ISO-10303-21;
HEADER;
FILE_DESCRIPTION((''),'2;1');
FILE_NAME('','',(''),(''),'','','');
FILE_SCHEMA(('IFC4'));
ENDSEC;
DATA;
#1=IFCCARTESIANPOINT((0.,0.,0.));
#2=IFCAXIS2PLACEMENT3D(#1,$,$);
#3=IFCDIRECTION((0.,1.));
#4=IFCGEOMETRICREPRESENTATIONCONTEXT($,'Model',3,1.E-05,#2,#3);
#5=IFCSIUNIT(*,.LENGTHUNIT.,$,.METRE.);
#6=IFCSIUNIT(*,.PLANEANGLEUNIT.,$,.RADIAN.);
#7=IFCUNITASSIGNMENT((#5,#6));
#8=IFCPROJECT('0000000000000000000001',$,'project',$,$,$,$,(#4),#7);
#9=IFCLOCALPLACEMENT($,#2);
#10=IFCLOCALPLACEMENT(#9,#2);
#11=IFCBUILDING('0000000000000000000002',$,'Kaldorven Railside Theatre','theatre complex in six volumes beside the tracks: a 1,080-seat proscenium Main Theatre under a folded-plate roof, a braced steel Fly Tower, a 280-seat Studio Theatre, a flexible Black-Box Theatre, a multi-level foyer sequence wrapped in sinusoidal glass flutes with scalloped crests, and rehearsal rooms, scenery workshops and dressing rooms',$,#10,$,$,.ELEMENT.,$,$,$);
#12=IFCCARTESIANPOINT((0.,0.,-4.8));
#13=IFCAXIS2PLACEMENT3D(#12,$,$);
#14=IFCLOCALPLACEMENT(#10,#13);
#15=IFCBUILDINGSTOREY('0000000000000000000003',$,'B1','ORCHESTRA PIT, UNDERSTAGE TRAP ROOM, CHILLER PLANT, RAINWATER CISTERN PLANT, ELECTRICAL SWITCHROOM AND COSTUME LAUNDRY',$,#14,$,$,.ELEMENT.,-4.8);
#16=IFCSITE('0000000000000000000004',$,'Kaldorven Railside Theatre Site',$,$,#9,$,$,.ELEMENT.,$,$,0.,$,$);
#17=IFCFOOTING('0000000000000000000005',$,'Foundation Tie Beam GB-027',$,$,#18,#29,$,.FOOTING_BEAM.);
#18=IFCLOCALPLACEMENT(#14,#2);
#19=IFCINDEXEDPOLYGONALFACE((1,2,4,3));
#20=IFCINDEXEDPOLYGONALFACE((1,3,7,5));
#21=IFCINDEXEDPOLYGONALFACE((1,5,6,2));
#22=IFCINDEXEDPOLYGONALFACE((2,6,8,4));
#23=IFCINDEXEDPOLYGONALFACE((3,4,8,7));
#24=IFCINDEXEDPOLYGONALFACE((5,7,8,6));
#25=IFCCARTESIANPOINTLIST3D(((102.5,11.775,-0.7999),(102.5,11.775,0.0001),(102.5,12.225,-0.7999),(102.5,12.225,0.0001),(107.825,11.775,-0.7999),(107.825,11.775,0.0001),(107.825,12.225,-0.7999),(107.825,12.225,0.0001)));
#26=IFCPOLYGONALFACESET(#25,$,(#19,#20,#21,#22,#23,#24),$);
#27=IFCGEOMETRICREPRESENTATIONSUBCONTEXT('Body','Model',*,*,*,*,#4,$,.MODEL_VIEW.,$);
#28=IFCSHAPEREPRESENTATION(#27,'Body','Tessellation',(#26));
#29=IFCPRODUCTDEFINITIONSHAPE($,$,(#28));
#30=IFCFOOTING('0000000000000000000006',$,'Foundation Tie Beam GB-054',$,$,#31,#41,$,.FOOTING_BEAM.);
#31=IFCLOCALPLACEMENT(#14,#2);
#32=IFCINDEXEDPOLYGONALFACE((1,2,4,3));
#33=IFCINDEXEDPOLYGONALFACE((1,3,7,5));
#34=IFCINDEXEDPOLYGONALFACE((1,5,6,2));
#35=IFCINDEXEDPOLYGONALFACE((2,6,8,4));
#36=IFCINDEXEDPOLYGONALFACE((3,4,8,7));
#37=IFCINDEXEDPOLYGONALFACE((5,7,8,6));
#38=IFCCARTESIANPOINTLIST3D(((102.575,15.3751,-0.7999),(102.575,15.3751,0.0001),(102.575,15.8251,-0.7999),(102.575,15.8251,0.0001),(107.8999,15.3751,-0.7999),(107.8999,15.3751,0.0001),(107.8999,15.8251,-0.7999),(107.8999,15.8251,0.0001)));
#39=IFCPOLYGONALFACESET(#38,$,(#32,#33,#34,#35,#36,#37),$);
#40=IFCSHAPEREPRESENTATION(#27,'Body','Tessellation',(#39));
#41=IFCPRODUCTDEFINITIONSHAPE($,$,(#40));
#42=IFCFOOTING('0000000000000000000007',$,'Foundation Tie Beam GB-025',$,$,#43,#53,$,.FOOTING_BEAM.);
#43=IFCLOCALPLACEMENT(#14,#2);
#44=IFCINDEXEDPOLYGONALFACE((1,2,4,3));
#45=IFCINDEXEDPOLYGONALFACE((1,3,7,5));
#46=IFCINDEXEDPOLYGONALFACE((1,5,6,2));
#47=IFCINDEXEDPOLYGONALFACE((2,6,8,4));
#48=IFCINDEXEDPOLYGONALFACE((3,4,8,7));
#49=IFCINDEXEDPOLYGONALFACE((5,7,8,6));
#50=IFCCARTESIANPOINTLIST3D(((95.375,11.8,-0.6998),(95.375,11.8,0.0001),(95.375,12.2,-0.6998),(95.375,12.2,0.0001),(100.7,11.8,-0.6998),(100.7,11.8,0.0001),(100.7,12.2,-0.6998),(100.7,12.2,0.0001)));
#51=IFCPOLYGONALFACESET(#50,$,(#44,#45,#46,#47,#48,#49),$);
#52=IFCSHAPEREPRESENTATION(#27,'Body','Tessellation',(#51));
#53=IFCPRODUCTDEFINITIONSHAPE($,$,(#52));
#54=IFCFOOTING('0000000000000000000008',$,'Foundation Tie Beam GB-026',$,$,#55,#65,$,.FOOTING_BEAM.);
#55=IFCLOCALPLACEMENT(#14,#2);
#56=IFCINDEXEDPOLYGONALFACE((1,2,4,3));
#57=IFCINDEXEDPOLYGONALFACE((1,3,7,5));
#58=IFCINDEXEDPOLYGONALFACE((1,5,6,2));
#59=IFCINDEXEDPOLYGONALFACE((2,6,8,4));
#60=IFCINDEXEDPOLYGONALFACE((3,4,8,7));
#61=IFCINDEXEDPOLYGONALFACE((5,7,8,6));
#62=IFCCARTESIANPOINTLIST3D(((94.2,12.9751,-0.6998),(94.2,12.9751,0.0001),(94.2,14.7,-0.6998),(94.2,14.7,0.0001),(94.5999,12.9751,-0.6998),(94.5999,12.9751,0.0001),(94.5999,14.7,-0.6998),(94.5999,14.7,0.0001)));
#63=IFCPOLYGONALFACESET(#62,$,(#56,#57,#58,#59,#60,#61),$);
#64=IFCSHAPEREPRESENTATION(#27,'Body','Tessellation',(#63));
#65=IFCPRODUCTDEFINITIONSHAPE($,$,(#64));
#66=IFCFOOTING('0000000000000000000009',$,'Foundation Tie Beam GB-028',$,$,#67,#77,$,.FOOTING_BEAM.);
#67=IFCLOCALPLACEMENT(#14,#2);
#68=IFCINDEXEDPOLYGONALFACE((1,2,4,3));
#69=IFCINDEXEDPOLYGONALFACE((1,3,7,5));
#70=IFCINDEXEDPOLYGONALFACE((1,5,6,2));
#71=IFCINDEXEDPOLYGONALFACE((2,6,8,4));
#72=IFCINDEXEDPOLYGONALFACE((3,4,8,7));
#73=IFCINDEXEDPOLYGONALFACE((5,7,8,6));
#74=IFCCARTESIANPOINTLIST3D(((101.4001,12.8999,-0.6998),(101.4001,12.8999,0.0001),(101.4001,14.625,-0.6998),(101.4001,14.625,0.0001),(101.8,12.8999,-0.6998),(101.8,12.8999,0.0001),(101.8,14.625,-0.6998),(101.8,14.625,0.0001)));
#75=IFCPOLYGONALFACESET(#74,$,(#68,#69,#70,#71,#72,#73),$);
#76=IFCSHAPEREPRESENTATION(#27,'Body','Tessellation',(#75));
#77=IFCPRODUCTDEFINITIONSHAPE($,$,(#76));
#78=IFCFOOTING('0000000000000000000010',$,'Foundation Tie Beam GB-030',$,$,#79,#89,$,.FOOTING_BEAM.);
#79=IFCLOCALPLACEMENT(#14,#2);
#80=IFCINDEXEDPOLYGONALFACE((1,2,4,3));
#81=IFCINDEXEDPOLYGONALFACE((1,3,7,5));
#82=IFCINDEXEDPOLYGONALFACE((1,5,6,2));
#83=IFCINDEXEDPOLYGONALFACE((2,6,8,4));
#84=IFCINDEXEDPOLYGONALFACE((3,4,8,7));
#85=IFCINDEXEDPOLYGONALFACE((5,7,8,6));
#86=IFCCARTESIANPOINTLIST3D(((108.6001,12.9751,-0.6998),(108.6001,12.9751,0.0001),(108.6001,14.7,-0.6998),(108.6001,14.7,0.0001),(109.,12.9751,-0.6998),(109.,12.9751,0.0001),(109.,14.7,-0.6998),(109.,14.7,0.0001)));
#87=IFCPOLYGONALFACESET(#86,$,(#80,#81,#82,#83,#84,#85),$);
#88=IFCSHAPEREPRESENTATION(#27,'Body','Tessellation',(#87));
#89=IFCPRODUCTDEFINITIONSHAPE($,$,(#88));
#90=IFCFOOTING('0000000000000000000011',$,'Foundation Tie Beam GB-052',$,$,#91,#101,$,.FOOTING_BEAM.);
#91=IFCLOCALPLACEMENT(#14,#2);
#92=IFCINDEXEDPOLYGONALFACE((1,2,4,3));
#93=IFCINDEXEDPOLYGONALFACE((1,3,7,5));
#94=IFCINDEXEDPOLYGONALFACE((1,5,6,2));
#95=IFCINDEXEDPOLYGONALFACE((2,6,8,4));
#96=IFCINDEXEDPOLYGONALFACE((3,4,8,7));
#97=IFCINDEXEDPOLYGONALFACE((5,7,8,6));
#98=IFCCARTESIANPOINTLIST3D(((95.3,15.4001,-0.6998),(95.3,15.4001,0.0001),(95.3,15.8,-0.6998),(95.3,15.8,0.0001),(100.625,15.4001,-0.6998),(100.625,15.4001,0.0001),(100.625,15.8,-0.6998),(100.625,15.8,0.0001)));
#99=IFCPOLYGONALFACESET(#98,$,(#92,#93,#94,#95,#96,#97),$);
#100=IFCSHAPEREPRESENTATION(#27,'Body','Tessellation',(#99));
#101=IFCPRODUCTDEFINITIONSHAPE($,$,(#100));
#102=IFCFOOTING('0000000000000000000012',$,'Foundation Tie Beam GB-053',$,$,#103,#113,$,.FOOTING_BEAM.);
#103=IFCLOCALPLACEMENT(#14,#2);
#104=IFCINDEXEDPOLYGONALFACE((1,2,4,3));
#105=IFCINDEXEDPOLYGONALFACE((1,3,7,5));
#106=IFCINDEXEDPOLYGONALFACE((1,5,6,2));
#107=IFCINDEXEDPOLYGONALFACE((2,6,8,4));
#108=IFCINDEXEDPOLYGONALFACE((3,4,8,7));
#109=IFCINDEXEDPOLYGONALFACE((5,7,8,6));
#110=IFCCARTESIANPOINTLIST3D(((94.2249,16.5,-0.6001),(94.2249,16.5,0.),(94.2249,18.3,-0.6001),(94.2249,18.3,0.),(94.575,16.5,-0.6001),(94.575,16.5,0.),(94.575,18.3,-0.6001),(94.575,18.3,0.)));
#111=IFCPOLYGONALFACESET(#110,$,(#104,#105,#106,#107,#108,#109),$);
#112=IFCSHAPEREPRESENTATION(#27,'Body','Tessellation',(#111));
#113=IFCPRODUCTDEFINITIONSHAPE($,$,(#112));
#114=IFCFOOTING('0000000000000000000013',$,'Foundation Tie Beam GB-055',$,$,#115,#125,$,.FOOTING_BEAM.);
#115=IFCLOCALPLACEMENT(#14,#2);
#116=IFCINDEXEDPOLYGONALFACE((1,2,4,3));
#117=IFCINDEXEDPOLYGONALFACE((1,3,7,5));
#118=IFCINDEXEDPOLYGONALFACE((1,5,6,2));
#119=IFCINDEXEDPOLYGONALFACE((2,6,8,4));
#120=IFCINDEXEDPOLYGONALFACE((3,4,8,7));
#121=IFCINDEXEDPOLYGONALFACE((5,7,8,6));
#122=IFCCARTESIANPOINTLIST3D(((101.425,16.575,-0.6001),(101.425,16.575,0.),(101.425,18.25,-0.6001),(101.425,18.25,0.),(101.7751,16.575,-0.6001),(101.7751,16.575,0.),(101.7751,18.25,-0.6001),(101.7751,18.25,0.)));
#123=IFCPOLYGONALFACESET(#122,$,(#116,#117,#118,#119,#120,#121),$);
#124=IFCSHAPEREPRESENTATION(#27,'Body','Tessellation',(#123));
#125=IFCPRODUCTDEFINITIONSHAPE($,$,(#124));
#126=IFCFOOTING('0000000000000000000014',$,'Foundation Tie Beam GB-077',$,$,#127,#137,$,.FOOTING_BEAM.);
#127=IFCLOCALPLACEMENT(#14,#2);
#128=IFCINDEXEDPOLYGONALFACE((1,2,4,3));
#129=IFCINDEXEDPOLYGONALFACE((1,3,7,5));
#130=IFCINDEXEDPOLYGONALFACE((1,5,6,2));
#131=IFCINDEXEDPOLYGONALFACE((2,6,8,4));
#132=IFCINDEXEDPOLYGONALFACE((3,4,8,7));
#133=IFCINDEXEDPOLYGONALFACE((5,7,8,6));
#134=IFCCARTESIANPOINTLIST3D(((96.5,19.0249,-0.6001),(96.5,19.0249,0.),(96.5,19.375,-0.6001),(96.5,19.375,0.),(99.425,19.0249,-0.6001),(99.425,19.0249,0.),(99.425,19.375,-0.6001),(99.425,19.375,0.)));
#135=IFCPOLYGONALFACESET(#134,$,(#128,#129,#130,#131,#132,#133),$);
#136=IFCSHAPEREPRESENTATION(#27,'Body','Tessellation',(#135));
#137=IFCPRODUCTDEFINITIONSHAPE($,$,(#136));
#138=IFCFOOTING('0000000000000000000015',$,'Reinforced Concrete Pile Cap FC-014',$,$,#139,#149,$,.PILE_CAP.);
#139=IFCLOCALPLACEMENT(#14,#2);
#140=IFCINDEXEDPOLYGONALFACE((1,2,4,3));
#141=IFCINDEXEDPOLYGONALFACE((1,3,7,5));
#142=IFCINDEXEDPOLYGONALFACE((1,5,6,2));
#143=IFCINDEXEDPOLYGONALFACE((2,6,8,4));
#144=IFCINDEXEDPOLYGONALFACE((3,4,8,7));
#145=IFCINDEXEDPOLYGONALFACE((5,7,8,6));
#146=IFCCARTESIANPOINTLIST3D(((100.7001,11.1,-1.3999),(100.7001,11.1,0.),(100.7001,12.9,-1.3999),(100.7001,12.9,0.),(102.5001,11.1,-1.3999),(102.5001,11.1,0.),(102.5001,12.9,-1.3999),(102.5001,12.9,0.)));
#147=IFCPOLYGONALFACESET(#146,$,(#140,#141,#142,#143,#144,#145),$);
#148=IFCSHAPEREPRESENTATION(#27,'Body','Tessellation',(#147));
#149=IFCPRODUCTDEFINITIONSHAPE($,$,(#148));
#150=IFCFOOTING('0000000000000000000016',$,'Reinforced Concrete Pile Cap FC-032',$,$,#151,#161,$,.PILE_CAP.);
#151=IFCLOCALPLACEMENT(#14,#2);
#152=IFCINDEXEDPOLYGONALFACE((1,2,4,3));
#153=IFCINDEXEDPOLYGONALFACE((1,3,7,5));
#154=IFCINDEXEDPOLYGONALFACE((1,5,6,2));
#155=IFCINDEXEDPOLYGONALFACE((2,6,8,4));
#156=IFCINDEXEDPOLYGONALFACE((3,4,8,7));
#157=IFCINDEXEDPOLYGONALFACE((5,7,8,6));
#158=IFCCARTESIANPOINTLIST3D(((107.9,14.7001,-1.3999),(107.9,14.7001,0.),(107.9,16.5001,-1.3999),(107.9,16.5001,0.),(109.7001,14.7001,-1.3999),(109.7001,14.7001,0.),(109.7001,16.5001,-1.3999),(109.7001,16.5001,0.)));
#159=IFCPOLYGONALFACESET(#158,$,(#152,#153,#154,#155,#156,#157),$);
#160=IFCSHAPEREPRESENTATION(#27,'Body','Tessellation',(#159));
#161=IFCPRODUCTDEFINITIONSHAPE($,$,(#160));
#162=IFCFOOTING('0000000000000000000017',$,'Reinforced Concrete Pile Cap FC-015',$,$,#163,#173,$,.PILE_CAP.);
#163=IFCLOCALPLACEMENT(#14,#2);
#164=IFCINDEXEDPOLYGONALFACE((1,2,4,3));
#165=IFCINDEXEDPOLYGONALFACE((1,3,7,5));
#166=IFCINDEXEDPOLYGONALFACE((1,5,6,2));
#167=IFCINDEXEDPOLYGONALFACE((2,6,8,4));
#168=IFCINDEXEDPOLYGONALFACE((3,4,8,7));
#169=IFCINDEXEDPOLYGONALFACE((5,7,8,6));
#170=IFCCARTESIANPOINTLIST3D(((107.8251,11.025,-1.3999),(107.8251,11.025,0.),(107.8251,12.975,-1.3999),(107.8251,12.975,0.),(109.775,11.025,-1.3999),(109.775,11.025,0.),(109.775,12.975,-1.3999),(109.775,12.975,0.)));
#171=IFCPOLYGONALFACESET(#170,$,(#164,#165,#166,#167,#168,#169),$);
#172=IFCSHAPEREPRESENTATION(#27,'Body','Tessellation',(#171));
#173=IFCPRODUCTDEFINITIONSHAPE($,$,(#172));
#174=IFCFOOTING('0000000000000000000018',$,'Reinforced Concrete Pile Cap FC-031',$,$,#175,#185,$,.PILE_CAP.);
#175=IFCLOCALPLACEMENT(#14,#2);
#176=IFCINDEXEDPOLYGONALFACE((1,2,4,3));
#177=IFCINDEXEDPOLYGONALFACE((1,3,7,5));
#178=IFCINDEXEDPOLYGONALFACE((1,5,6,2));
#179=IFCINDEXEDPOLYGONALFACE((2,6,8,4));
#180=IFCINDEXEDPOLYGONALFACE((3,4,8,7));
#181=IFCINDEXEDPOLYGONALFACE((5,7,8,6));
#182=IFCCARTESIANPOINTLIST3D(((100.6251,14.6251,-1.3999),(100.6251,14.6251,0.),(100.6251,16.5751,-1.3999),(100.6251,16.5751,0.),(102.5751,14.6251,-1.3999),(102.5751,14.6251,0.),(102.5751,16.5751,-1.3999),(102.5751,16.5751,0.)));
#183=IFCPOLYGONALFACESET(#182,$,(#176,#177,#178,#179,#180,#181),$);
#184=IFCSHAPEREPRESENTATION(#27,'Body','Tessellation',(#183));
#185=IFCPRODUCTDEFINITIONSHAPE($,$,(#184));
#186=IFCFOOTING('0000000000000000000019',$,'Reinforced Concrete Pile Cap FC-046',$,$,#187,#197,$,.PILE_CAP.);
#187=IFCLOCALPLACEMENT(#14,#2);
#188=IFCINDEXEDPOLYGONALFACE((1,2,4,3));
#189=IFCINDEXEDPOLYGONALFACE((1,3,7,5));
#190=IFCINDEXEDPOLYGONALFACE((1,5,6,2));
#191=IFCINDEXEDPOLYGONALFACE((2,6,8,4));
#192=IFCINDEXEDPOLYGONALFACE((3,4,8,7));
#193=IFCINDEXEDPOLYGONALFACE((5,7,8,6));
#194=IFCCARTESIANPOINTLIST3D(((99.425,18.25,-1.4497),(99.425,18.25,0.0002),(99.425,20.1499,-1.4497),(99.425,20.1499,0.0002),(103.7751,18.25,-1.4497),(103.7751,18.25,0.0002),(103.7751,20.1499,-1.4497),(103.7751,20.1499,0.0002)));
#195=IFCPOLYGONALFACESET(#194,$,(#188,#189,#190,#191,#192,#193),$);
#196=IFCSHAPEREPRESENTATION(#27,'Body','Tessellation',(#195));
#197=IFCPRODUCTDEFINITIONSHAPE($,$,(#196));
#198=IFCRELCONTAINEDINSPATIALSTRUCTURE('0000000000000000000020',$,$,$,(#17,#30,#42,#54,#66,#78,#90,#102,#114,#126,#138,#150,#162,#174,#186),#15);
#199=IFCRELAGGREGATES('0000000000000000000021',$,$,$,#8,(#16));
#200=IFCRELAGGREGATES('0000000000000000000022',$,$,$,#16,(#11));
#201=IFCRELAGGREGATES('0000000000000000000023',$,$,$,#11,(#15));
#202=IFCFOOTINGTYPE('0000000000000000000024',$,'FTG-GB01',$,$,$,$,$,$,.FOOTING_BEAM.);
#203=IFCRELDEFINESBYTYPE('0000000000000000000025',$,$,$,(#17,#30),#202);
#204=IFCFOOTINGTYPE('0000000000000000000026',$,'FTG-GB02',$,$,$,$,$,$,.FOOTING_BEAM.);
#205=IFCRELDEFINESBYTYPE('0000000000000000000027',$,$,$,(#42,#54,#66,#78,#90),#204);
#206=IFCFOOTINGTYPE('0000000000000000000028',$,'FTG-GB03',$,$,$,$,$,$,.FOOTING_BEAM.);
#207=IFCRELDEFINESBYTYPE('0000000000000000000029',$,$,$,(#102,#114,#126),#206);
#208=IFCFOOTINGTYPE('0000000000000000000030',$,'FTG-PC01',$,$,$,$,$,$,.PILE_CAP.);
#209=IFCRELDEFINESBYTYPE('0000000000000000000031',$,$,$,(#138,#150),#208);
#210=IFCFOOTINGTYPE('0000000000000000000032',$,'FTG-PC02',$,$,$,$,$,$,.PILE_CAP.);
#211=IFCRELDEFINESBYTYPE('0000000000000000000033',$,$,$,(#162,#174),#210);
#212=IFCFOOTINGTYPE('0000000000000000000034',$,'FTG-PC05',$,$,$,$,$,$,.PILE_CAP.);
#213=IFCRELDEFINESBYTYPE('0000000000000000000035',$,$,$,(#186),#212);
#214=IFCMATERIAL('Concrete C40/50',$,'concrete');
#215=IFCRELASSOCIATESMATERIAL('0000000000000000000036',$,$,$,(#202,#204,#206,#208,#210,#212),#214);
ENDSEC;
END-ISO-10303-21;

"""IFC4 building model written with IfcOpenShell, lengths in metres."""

from ifc_helpers import new_model, si_unit, direction, frame, origin, origin_2d, place, context, subcontext, project, spatial, rectangle, extrude, material, material_profile, profile_set, type_object, element, save


model = new_model("IFC4")

# Units and contexts
model_context = context("Model", 3, precision=1e-05, world=origin(), true_north=direction((0.0, 1.0)))
body_context = subcontext(model_context, "Body", "Model", "MODEL_VIEW")
ifc_project = project(units=[si_unit("LENGTHUNIT", "METRE"), si_unit("PLANEANGLEUNIT", "RADIAN")], contexts=[model_context])

# Site, building, storey
site_placement = place(None, origin())
site = spatial("IfcSite", under=ifc_project, at=site_placement, Name="Kaldorven Railside Theatre Site", CompositionType="ELEMENT", RefElevation=0.0)
building_placement = place(site_placement, origin())
building = spatial("IfcBuilding", under=site, at=building_placement, Name="Kaldorven Railside Theatre", Description="theatre complex in six volumes beside the tracks: a 1,080-seat proscenium Main Theatre under a folded-plate roof, a braced steel Fly Tower, a 280-seat Studio Theatre, a flexible Black-Box Theatre, a multi-level foyer sequence wrapped in sinusoidal glass flutes with scalloped crests, and rehearsal rooms, scenery workshops and dressing rooms", CompositionType="ELEMENT")
storey_placement = place(building_placement, frame((0.0, 0.0, -4.8)))
storey = spatial("IfcBuildingStorey", under=building, at=storey_placement, Name="B1", Description="ORCHESTRA PIT, UNDERSTAGE TRAP ROOM, CHILLER PLANT, RAINWATER CISTERN PLANT, ELECTRICAL SWITCHROOM AND COSTUME LAUNDRY", CompositionType="ELEMENT", Elevation=-4.8)

# Footings
ifc_material_1 = material(Name="Concrete C40/50", Category="concrete")
ifc_material_profile_1 = material_profile(ifc_material_1, rectangle(XDim=0.45, YDim=0.8, at=origin_2d()), Name="RC 450x800")
ifc_profile_set_1 = profile_set([ifc_material_profile_1], Name="Concrete C40/50")
footing_type_1 = type_object("IfcFootingType", Name="FTG-GB01", PredefinedType="FOOTING_BEAM", material=ifc_profile_set_1)
for number, where, z_axis, x_axis, name in (
    (1, (102.5, 12.0, -0.3999), (1.0, 0.0, 0.0), (0.0, 1.0, 0.0), "Foundation Tie Beam GB-027"),
    (2, (102.575, 15.6001, -0.3999), (1.0, 0.0, 0.0), (0.0, 1.0, 0.0), "Foundation Tie Beam GB-054"),
):
    element("IfcFooting", number, at=place(storey_placement, frame(where, z_axis=z_axis, x_axis=x_axis)), inside=storey, type_object=footing_type_1, Name=name, PredefinedType="FOOTING_BEAM", context=body_context, shape_type="SweptSolid", body=[
        extrude(rectangle(XDim=0.45, YDim=0.8, at=origin_2d()), origin(), (0.0, 0.0, 1.0), 5.325),
    ])
ifc_material_profile_2 = material_profile(ifc_material_1, rectangle(XDim=0.3999, YDim=0.7, at=origin_2d()), Name="RC 400x700")
ifc_profile_set_2 = profile_set([ifc_material_profile_2], Name="Concrete C40/50")
footing_type_2 = type_object("IfcFootingType", Name="FTG-GB02", PredefinedType="FOOTING_BEAM", material=ifc_profile_set_2)
footing_1_placement = place(storey_placement, frame((95.375, 12.0, -0.3499), z_axis=(1.0, 0.0, 0.0), x_axis=(0.0, 1.0, 0.0)))
element("IfcFooting", 3, at=footing_1_placement, inside=storey, type_object=footing_type_2, Name="Foundation Tie Beam GB-025", PredefinedType="FOOTING_BEAM", context=body_context, shape_type="SweptSolid", body=[
    extrude(rectangle(XDim=0.3999, YDim=0.7, at=origin_2d()), origin(), (0.0, 0.0, 1.0), 5.325),
])
footing_2_placement = place(storey_placement, frame((94.3999, 12.9751, -0.3499), z_axis=(0.0, 1.0, 0.0), x_axis=(-1.0, 0.0, 0.0)))
element("IfcFooting", 4, at=footing_2_placement, inside=storey, type_object=footing_type_2, Name="Foundation Tie Beam GB-026", PredefinedType="FOOTING_BEAM", context=body_context, shape_type="SweptSolid", body=[
    extrude(rectangle(XDim=0.3999, YDim=0.7, at=origin_2d()), origin(), (0.0, 0.0, 1.0), 1.7249),
])
footing_3_placement = place(storey_placement, frame((101.6001, 12.8999, -0.3499), z_axis=(0.0, 1.0, 0.0), x_axis=(-1.0, 0.0, 0.0)))
element("IfcFooting", 5, at=footing_3_placement, inside=storey, type_object=footing_type_2, Name="Foundation Tie Beam GB-028", PredefinedType="FOOTING_BEAM", context=body_context, shape_type="SweptSolid", body=[
    extrude(rectangle(XDim=0.3999, YDim=0.7, at=origin_2d()), origin(), (0.0, 0.0, 1.0), 1.7251),
])
footing_4_placement = place(storey_placement, frame((108.8, 12.9751, -0.3499), z_axis=(0.0, 1.0, 0.0), x_axis=(-1.0, 0.0, 0.0)))
element("IfcFooting", 6, at=footing_4_placement, inside=storey, type_object=footing_type_2, Name="Foundation Tie Beam GB-030", PredefinedType="FOOTING_BEAM", context=body_context, shape_type="SweptSolid", body=[
    extrude(rectangle(XDim=0.3999, YDim=0.7, at=origin_2d()), origin(), (0.0, 0.0, 1.0), 1.7249),
])
footing_5_placement = place(storey_placement, frame((95.3, 15.6001, -0.3499), z_axis=(1.0, 0.0, 0.0), x_axis=(0.0, 1.0, 0.0)))
element("IfcFooting", 7, at=footing_5_placement, inside=storey, type_object=footing_type_2, Name="Foundation Tie Beam GB-052", PredefinedType="FOOTING_BEAM", context=body_context, shape_type="SweptSolid", body=[
    extrude(rectangle(XDim=0.3999, YDim=0.7, at=origin_2d()), origin(), (0.0, 0.0, 1.0), 5.325),
])
ifc_material_profile_3 = material_profile(ifc_material_1, rectangle(XDim=0.3501, YDim=0.6001, at=origin_2d()), Name="RC 350x600")
ifc_profile_set_3 = profile_set([ifc_material_profile_3], Name="Concrete C40/50")
footing_type_3 = type_object("IfcFootingType", Name="FTG-GB03", PredefinedType="FOOTING_BEAM", material=ifc_profile_set_3)
footing_6_placement = place(storey_placement, frame((94.3999, 16.5, -0.3), z_axis=(0.0, 1.0, 0.0), x_axis=(-1.0, 0.0, 0.0)))
element("IfcFooting", 8, at=footing_6_placement, inside=storey, type_object=footing_type_3, Name="Foundation Tie Beam GB-053", PredefinedType="FOOTING_BEAM", context=body_context, shape_type="SweptSolid", body=[
    extrude(rectangle(XDim=0.3501, YDim=0.6001, at=origin_2d()), origin(), (0.0, 0.0, 1.0), 1.8),
])
footing_7_placement = place(storey_placement, frame((101.6001, 16.575, -0.3), z_axis=(0.0, 1.0, 0.0), x_axis=(-1.0, 0.0, 0.0)))
element("IfcFooting", 9, at=footing_7_placement, inside=storey, type_object=footing_type_3, Name="Foundation Tie Beam GB-055", PredefinedType="FOOTING_BEAM", context=body_context, shape_type="SweptSolid", body=[
    extrude(rectangle(XDim=0.3501, YDim=0.6001, at=origin_2d()), origin(), (0.0, 0.0, 1.0), 1.675),
])
footing_8_placement = place(storey_placement, frame((96.5, 19.2, -0.3), z_axis=(1.0, 0.0, 0.0), x_axis=(0.0, 1.0, 0.0)))
element("IfcFooting", 10, at=footing_8_placement, inside=storey, type_object=footing_type_3, Name="Foundation Tie Beam GB-077", PredefinedType="FOOTING_BEAM", context=body_context, shape_type="SweptSolid", body=[
    extrude(rectangle(XDim=0.3501, YDim=0.6001, at=origin_2d()), origin(), (0.0, 0.0, 1.0), 2.925),
])
footing_type_4 = type_object("IfcFootingType", Name="FTG-PC01", PredefinedType="PILE_CAP", material=ifc_material_1)
for number, where, z_axis, x_axis, name in (
    (11, (101.6001, 12.0, -1.3999), (0.0, 0.0, 1.0), (1.0, 0.0, 0.0), "Reinforced Concrete Pile Cap FC-014"),
    (12, (108.8, 15.6001, -1.3999), (0.0, 0.0, 1.0), (1.0, 0.0, 0.0), "Reinforced Concrete Pile Cap FC-032"),
):
    element("IfcFooting", number, at=place(storey_placement, frame(where, z_axis=z_axis, x_axis=x_axis)), inside=storey, type_object=footing_type_4, Name=name, PredefinedType="PILE_CAP", context=body_context, shape_type="SweptSolid", body=[
        extrude(rectangle(XDim=1.8, YDim=1.8, at=origin_2d()), origin(), (0.0, 0.0, 1.0), 1.3999),
    ])
footing_type_5 = type_object("IfcFootingType", Name="FTG-PC02", PredefinedType="PILE_CAP", material=ifc_material_1)
for number, where, z_axis, x_axis, name in (
    (13, (108.8, 12.0, -1.3999), (0.0, 0.0, 1.0), (1.0, 0.0, 0.0), "Reinforced Concrete Pile Cap FC-015"),
    (14, (101.6001, 15.6001, -1.3999), (0.0, 0.0, 1.0), (1.0, 0.0, 0.0), "Reinforced Concrete Pile Cap FC-031"),
):
    element("IfcFooting", number, at=place(storey_placement, frame(where, z_axis=z_axis, x_axis=x_axis)), inside=storey, type_object=footing_type_5, Name=name, PredefinedType="PILE_CAP", context=body_context, shape_type="SweptSolid", body=[
        extrude(rectangle(XDim=1.95, YDim=1.95, at=origin_2d()), origin(), (0.0, 0.0, 1.0), 1.3999),
    ])
footing_type_6 = type_object("IfcFootingType", Name="FTG-PC05", PredefinedType="PILE_CAP", material=ifc_material_1)
footing_9_placement = place(storey_placement, frame((101.6001, 19.2, -1.4497), z_axis=(0.0, 0.0, 1.0), x_axis=(1.0, 0.0, 0.0)))
element("IfcFooting", 15, at=footing_9_placement, inside=storey, type_object=footing_type_6, Name="Reinforced Concrete Pile Cap FC-046", PredefinedType="PILE_CAP", context=body_context, shape_type="SweptSolid", body=[
    extrude(rectangle(XDim=4.3501, YDim=1.8999, at=origin_2d()), origin(), (0.0, 0.0, 1.0), 1.45),
])

save(model, "model.ifc")
